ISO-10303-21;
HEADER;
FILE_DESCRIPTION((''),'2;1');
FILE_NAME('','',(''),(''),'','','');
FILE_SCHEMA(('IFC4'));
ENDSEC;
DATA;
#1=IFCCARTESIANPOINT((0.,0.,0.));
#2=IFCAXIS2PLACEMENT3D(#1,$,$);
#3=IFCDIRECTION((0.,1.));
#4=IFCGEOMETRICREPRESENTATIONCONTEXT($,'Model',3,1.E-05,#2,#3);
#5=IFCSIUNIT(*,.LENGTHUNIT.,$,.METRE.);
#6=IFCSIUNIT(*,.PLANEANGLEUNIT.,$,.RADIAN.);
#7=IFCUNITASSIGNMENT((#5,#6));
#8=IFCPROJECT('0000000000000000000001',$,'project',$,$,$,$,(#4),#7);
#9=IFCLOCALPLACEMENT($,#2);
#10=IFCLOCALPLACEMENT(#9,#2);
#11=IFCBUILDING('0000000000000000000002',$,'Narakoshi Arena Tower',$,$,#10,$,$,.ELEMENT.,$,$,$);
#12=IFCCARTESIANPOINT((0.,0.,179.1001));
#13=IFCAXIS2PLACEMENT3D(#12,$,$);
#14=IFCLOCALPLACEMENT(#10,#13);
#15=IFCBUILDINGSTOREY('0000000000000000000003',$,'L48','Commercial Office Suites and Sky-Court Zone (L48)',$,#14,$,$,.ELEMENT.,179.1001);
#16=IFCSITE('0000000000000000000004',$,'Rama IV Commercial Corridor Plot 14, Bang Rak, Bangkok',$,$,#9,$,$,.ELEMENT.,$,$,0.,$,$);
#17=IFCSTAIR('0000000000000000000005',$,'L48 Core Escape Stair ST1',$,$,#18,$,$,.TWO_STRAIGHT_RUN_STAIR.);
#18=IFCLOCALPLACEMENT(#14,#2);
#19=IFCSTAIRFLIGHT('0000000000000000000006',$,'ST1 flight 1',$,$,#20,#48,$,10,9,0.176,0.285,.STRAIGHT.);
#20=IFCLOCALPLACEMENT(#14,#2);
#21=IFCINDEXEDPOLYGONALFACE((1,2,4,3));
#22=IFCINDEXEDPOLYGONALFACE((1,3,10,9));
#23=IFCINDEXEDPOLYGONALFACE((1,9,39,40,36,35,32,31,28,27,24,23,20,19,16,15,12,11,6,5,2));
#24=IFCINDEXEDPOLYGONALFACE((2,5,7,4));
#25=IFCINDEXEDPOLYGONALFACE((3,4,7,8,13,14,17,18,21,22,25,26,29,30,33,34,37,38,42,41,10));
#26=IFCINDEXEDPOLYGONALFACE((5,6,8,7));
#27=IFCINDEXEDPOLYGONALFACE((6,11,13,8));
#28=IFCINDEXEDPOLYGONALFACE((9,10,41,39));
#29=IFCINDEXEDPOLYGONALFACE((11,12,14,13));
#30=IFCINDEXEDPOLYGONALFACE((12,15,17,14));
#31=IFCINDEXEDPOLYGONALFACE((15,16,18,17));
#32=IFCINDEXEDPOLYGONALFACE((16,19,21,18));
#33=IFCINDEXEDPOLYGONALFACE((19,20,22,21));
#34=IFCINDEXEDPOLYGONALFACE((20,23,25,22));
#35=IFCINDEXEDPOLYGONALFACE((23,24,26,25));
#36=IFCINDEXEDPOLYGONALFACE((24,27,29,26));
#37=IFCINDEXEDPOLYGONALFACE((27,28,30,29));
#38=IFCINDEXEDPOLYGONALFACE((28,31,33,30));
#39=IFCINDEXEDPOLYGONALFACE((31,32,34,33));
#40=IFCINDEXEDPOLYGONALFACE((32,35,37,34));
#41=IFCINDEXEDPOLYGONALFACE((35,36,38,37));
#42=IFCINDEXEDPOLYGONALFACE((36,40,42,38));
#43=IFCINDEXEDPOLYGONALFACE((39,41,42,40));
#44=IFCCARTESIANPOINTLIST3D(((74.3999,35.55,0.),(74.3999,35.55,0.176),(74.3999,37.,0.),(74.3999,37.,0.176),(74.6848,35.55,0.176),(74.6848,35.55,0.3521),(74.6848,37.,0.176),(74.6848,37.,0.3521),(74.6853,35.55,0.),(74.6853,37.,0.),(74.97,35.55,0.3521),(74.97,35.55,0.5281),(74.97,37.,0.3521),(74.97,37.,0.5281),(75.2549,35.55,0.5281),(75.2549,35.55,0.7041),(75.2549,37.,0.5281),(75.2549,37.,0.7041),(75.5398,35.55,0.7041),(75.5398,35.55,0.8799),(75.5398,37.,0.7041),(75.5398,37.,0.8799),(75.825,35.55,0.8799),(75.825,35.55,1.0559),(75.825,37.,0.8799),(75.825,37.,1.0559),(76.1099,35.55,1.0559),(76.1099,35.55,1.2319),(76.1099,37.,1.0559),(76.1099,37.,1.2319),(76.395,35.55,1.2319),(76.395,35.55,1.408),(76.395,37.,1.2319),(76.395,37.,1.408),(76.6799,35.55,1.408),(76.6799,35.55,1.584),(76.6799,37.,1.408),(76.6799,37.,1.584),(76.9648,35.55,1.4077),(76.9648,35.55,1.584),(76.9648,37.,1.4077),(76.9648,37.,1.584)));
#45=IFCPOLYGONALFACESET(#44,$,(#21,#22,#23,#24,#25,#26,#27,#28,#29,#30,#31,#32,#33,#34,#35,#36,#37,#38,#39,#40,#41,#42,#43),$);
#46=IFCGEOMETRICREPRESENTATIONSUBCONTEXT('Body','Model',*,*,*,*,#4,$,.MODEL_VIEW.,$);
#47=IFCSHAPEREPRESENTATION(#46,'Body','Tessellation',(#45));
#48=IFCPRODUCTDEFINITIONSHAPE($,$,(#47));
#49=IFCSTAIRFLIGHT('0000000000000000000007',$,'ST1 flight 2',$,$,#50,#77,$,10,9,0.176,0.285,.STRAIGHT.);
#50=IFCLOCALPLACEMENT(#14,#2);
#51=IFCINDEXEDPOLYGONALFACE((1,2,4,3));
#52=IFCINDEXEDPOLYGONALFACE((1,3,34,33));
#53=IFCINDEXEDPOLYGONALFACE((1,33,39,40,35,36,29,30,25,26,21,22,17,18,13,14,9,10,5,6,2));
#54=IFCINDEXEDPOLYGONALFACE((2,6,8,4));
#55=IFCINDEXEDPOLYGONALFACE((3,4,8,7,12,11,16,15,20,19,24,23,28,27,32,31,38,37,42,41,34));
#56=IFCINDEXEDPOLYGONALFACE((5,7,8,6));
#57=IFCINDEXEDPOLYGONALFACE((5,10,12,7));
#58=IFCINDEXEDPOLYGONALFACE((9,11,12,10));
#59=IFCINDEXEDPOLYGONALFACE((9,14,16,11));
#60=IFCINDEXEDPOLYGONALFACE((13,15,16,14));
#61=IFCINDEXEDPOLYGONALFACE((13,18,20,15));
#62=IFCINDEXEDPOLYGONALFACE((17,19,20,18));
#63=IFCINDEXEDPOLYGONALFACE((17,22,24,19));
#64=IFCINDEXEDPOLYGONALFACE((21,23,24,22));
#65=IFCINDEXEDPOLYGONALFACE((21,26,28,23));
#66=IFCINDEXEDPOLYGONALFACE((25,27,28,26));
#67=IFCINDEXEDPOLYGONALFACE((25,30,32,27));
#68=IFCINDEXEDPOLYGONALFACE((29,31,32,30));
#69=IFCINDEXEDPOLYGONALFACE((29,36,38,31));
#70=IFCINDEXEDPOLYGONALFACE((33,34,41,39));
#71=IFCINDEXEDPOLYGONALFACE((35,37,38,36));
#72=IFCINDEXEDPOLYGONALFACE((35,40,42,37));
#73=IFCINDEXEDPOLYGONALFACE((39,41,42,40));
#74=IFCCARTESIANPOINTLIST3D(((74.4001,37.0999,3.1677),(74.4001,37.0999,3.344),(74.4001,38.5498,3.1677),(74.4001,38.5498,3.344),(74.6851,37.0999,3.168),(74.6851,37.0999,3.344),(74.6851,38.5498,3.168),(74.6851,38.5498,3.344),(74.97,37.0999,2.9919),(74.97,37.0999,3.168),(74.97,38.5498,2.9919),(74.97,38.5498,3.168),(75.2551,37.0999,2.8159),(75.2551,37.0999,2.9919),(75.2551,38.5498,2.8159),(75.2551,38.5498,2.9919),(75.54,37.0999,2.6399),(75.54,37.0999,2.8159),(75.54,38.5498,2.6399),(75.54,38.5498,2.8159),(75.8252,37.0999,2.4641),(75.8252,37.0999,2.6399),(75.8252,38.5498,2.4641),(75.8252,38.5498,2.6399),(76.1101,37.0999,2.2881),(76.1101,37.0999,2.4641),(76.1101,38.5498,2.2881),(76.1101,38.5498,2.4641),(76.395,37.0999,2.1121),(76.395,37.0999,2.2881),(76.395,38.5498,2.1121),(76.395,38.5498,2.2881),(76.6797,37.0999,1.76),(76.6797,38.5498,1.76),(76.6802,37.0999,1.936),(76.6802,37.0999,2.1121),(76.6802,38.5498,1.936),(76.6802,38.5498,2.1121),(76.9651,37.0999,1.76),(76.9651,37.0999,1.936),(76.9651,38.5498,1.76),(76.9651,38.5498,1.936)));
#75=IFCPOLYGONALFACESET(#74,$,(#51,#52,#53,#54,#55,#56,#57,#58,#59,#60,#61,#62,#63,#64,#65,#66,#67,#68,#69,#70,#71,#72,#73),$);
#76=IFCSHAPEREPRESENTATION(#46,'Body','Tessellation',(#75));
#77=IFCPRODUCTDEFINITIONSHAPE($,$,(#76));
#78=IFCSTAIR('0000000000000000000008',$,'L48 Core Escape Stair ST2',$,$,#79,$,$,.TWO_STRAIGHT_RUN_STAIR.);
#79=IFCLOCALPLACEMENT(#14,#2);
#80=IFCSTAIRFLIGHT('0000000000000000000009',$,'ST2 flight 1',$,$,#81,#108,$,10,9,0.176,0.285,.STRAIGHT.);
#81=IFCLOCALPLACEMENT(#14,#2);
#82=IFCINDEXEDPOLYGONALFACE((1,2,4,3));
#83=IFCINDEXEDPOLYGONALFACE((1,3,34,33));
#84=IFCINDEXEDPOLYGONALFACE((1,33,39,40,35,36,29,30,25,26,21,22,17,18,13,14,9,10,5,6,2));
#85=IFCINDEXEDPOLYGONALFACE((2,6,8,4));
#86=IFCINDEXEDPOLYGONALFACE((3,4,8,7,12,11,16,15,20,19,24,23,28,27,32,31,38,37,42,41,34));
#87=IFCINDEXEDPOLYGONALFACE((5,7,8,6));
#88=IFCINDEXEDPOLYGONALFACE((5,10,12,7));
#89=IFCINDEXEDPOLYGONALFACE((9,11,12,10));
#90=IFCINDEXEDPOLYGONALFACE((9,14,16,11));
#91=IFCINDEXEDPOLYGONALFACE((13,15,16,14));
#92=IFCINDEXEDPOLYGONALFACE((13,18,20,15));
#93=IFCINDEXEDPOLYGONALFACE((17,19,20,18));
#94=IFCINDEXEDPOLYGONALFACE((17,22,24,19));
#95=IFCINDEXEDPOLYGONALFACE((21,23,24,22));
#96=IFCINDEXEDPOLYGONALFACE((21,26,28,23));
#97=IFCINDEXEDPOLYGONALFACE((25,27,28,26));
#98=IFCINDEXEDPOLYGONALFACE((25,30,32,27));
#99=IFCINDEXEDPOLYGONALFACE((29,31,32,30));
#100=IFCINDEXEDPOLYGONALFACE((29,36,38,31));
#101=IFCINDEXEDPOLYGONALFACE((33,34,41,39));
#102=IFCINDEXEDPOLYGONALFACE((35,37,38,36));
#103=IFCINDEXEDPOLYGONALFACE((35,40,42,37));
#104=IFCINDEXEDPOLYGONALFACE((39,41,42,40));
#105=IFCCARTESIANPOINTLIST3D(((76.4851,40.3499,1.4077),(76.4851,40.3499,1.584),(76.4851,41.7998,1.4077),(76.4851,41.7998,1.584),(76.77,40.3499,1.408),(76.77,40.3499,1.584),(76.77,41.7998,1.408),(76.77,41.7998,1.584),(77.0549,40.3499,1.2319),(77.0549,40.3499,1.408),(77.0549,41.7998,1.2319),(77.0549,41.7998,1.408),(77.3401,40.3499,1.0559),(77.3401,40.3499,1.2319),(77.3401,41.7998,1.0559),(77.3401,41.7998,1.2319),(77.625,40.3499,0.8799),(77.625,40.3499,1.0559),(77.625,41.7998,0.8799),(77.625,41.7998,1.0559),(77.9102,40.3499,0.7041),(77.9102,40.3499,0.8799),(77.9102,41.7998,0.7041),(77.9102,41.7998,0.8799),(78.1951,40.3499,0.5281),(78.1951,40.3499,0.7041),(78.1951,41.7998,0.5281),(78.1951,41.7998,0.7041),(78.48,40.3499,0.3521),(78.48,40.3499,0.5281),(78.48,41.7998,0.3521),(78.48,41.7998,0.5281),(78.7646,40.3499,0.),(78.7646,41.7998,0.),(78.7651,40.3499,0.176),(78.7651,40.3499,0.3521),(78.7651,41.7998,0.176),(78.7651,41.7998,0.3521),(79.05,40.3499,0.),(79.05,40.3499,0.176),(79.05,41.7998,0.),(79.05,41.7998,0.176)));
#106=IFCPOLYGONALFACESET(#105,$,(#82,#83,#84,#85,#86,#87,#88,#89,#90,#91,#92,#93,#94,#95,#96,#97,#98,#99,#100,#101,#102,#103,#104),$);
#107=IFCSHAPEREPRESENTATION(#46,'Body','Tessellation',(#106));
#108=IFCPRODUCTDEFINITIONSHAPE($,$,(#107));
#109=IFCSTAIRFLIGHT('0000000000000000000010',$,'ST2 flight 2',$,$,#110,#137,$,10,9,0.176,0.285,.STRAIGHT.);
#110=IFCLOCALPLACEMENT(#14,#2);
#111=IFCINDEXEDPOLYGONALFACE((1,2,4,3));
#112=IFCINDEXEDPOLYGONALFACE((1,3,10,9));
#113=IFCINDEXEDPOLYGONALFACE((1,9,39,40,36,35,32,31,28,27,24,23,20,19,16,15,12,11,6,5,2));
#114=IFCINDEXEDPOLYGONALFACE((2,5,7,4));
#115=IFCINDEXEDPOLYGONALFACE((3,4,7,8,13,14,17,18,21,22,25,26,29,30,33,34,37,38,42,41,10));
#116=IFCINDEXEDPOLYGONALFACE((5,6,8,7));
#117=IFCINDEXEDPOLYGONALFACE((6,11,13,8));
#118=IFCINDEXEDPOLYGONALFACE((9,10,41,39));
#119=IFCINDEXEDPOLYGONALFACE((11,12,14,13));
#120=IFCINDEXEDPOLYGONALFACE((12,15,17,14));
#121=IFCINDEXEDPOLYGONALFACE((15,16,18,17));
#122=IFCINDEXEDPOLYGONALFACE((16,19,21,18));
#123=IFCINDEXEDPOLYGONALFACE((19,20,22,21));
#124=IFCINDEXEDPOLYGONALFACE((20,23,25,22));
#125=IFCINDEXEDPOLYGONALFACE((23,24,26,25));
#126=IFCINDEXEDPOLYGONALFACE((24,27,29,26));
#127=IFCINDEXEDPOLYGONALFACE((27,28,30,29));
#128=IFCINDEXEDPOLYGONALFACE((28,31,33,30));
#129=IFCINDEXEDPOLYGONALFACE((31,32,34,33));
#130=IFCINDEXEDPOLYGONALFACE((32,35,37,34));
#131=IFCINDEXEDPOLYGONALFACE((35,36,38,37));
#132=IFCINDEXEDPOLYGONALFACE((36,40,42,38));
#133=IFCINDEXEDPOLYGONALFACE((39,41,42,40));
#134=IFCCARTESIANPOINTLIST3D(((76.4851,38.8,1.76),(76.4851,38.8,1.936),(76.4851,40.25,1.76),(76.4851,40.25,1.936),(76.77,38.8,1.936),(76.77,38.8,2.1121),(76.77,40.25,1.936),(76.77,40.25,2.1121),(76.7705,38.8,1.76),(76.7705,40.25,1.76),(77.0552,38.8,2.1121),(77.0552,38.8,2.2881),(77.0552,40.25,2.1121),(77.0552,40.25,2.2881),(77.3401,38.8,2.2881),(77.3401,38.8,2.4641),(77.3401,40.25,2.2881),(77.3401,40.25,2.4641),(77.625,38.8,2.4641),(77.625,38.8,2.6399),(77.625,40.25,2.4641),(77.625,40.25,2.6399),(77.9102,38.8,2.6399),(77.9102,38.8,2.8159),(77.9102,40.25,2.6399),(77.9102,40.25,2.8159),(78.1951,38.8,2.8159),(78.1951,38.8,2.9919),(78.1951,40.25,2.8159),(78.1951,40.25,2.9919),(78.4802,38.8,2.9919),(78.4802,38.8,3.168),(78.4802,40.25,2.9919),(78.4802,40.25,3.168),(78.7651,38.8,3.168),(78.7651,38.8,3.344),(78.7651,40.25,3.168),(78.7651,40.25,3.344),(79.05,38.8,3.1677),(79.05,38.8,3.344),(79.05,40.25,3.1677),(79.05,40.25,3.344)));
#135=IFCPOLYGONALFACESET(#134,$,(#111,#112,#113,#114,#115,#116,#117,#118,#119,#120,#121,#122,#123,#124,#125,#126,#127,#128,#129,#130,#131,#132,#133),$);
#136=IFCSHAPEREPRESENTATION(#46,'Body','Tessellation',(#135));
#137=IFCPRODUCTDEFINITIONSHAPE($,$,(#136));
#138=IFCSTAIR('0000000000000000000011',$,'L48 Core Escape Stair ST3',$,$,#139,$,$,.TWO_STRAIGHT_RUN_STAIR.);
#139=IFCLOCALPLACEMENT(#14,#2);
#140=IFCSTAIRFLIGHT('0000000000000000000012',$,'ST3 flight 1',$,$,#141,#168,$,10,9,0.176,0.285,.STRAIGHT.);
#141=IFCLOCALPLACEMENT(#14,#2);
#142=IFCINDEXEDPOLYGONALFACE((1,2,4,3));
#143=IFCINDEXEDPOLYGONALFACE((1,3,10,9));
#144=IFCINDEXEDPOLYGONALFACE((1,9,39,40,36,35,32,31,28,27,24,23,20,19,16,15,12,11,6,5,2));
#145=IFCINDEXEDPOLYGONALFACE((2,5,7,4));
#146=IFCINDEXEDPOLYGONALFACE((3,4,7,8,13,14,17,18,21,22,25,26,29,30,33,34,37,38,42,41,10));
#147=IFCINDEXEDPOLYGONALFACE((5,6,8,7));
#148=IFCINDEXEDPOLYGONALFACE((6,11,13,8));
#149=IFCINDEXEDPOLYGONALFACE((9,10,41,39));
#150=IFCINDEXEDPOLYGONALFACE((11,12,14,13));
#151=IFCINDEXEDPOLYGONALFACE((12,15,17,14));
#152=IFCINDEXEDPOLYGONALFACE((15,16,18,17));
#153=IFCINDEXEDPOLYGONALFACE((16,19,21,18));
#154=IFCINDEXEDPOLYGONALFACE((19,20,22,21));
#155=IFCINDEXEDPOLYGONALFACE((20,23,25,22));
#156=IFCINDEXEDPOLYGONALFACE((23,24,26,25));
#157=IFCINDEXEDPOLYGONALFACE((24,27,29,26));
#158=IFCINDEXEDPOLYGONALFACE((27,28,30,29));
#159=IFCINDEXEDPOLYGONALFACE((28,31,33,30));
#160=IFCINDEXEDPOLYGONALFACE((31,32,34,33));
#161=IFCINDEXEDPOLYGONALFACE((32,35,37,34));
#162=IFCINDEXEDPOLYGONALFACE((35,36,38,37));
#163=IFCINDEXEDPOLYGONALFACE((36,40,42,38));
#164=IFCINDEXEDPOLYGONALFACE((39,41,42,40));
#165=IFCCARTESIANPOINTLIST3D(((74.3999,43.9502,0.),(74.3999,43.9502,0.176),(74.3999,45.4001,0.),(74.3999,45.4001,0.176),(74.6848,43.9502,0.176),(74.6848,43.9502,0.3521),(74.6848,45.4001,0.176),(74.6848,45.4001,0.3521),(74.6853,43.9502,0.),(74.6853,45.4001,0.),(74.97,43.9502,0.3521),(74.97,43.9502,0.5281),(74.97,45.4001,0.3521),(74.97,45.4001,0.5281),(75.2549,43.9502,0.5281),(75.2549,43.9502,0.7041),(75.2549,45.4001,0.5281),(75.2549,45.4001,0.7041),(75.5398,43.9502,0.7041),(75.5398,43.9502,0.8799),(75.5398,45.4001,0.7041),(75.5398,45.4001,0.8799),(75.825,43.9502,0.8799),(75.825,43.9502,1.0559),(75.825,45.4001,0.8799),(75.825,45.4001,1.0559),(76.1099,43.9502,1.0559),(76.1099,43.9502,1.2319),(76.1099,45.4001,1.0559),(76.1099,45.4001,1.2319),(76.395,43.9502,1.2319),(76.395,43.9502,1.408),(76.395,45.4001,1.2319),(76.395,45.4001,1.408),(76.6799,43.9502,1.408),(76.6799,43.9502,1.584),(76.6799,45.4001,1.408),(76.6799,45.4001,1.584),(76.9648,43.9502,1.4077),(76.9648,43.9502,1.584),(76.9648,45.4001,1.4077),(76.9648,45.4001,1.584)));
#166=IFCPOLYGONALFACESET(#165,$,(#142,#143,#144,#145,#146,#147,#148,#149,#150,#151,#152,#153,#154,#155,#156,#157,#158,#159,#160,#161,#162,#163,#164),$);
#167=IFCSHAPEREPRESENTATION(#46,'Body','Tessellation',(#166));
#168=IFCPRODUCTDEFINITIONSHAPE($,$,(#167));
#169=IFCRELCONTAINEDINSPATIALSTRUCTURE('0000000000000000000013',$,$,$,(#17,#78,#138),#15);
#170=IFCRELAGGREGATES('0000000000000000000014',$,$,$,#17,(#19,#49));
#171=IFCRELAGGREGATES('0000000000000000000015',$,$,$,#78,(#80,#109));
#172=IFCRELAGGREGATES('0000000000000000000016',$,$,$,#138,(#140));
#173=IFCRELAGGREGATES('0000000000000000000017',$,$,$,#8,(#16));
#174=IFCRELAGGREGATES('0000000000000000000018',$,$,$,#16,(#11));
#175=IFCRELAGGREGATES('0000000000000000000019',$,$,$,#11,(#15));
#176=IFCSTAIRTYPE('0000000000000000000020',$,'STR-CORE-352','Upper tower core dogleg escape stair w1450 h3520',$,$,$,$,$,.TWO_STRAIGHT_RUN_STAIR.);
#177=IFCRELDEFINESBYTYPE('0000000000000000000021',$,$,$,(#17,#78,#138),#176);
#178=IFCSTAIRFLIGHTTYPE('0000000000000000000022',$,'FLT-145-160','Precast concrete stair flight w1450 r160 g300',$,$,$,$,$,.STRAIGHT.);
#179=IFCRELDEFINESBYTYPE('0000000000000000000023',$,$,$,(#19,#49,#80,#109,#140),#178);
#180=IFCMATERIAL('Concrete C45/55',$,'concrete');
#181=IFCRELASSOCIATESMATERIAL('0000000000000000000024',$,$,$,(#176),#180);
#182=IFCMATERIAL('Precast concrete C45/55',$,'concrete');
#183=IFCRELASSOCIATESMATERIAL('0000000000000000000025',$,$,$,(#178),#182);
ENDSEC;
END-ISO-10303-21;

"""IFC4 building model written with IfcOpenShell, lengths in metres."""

from ifc_helpers import new_model, si_unit, direction, frame, origin, place, context, subcontext, project, spatial, polyline, outline, extrude, material, type_object, element, aggregate, save


model = new_model("IFC4")

# Units and contexts
model_context = context("Model", 3, precision=1e-05, world=origin(), true_north=direction((0.0, 1.0)))
body_context = subcontext(model_context, "Body", "Model", "MODEL_VIEW")
ifc_project = project(units=[si_unit("LENGTHUNIT", "METRE"), si_unit("PLANEANGLEUNIT", "RADIAN")], contexts=[model_context])

# Site, building, storey
site_placement = place(None, origin())
site = spatial("IfcSite", under=ifc_project, at=site_placement, Name="Rama IV Commercial Corridor Plot 14, Bang Rak, Bangkok", CompositionType="ELEMENT", RefElevation=0.0)
building_placement = place(site_placement, origin())
building = spatial("IfcBuilding", under=site, at=building_placement, Name="Narakoshi Arena Tower", CompositionType="ELEMENT")
storey_placement = place(building_placement, frame((0.0, 0.0, 179.1001)))
storey = spatial("IfcBuildingStorey", under=building, at=storey_placement, Name="L48", Description="Commercial Office Suites and Sky-Court Zone (L48)", CompositionType="ELEMENT", Elevation=179.1001)

# Shared definitions
ifc_material_1 = material(Name="Precast concrete C45/55", Category="concrete")

# Stairs, stair flights
ifc_material_2 = material(Name="Concrete C45/55", Category="concrete")
stair_type = type_object("IfcStairType", Name="STR-CORE-352", Description="Upper tower core dogleg escape stair w1450 h3520", PredefinedType="TWO_STRAIGHT_RUN_STAIR", material=ifc_material_2)
stair_1_placement = place(storey_placement, origin())
stair_1 = element("IfcStair", 1, at=stair_1_placement, inside=storey, type_object=stair_type, Name="L48 Core Escape Stair ST1", PredefinedType="TWO_STRAIGHT_RUN_STAIR")
stair_flight_type = type_object("IfcStairFlightType", Name="FLT-145-160", Description="Precast concrete stair flight w1450 r160 g300", PredefinedType="STRAIGHT", material=ifc_material_1)
stair_flight_1_placement = place(storey_placement, frame((74.3999, 36.2749, 0.0), z_axis=(0.0, 0.0, 1.0), x_axis=(1.0, 0.0, 0.0)))
stair_flight_1 = element("IfcStairFlight", 2, at=stair_flight_1_placement, type_object=stair_flight_type, Name="ST1 flight 1", NumberOfRisers=10, NumberOfTreads=9, PredefinedType="STRAIGHT", RiserHeight=0.176, TreadLength=0.285, context=body_context, shape_type="SweptSolid", body=[
    extrude(outline(polyline([(0.0, 0.0), (0.0, 0.176), (0.2849, 0.176), (0.2849, 0.3521), (0.5701, 0.3521), (0.5701, 0.5281), (0.855, 0.5281), (0.855, 0.7041), (1.1399, 0.7041), (1.1399, 0.8799), (1.425, 0.8799), (1.425, 1.0559), (1.71, 1.0559), (1.71, 1.2319), (1.9951, 1.2319), (1.9951, 1.408), (2.28, 1.408), (2.28, 1.584), (2.5649, 1.584), (2.5649, 1.76), (2.5649, 1.4077), (0.2854, 0.0), (0.0, 0.0)])), frame((0.0, 0.7251, 0.0), z_axis=(0.0, -1.0, 0.0), x_axis=(1.0, 0.0, 0.0)), (0.0, 0.0, 1.0), 1.45),
])
stair_flight_2_placement = place(storey_placement, frame((76.9651, 37.825, 1.76), z_axis=(0.0, 0.0, 1.0), x_axis=(-1.0, 0.0, 0.0)))
stair_flight_2 = element("IfcStairFlight", 3, at=stair_flight_2_placement, type_object=stair_flight_type, Name="ST1 flight 2", NumberOfRisers=10, NumberOfTreads=9, PredefinedType="STRAIGHT", RiserHeight=0.176, TreadLength=0.285, context=body_context, shape_type="SweptSolid", body=[
    extrude(outline(polyline([(0.0, 0.0), (0.0, 0.176), (0.2849, 0.176), (0.2849, 0.3521), (0.5701, 0.3521), (0.5701, 0.5281), (0.855, 0.5281), (0.855, 0.7041), (1.1399, 0.7041), (1.1399, 0.8799), (1.425, 0.8799), (1.425, 1.0559), (1.71, 1.0559), (1.71, 1.2319), (1.9951, 1.2319), (1.9951, 1.408), (2.28, 1.408), (2.28, 1.584), (2.5649, 1.584), (2.5649, 1.76), (2.5649, 1.4077), (0.2854, 0.0), (0.0, 0.0)])), frame((0.0, 0.7251, 0.0), z_axis=(0.0, -1.0, 0.0), x_axis=(1.0, 0.0, 0.0)), (0.0, 0.0, 1.0), 1.45),
])
aggregate(stair_1, [stair_flight_1, stair_flight_2])
stair_2_placement = place(storey_placement, origin())
stair_2 = element("IfcStair", 4, at=stair_2_placement, inside=storey, type_object=stair_type, Name="L48 Core Escape Stair ST2", PredefinedType="TWO_STRAIGHT_RUN_STAIR")
stair_flight_3_placement = place(storey_placement, frame((79.05, 41.075, 0.0), z_axis=(0.0, 0.0, 1.0), x_axis=(-1.0, 0.0, 0.0)))
stair_flight_3 = element("IfcStairFlight", 5, at=stair_flight_3_placement, type_object=stair_flight_type, Name="ST2 flight 1", NumberOfRisers=10, NumberOfTreads=9, PredefinedType="STRAIGHT", RiserHeight=0.176, TreadLength=0.285, context=body_context, shape_type="SweptSolid", body=[
    extrude(outline(polyline([(0.0, 0.0), (0.0, 0.176), (0.2849, 0.176), (0.2849, 0.3521), (0.5701, 0.3521), (0.5701, 0.5281), (0.855, 0.5281), (0.855, 0.7041), (1.1399, 0.7041), (1.1399, 0.8799), (1.425, 0.8799), (1.425, 1.0559), (1.71, 1.0559), (1.71, 1.2319), (1.9951, 1.2319), (1.9951, 1.408), (2.28, 1.408), (2.28, 1.584), (2.5649, 1.584), (2.5649, 1.76), (2.5649, 1.4077), (0.2854, 0.0), (0.0, 0.0)])), frame((0.0, 0.7251, 0.0), z_axis=(0.0, -1.0, 0.0), x_axis=(1.0, 0.0, 0.0)), (0.0, 0.0, 1.0), 1.45),
])
stair_flight_4_placement = place(storey_placement, frame((76.4851, 39.5249, 1.76), z_axis=(0.0, 0.0, 1.0), x_axis=(1.0, 0.0, 0.0)))
stair_flight_4 = element("IfcStairFlight", 6, at=stair_flight_4_placement, type_object=stair_flight_type, Name="ST2 flight 2", NumberOfRisers=10, NumberOfTreads=9, PredefinedType="STRAIGHT", RiserHeight=0.176, TreadLength=0.285, context=body_context, shape_type="SweptSolid", body=[
    extrude(outline(polyline([(0.0, 0.0), (0.0, 0.176), (0.2849, 0.176), (0.2849, 0.3521), (0.5701, 0.3521), (0.5701, 0.5281), (0.855, 0.5281), (0.855, 0.7041), (1.1399, 0.7041), (1.1399, 0.8799), (1.425, 0.8799), (1.425, 1.0559), (1.71, 1.0559), (1.71, 1.2319), (1.9951, 1.2319), (1.9951, 1.408), (2.28, 1.408), (2.28, 1.584), (2.5649, 1.584), (2.5649, 1.76), (2.5649, 1.4077), (0.2854, 0.0), (0.0, 0.0)])), frame((0.0, 0.7251, 0.0), z_axis=(0.0, -1.0, 0.0), x_axis=(1.0, 0.0, 0.0)), (0.0, 0.0, 1.0), 1.45),
])
aggregate(stair_2, [stair_flight_3, stair_flight_4])

# Stair, stair flight
stair_3_placement = place(storey_placement, origin())
stair_3 = element("IfcStair", 7, at=stair_3_placement, inside=storey, type_object=stair_type, Name="L48 Core Escape Stair ST3", PredefinedType="TWO_STRAIGHT_RUN_STAIR")
stair_flight_5_placement = place(storey_placement, frame((74.3999, 44.675, 0.0), z_axis=(0.0, 0.0, 1.0), x_axis=(1.0, 0.0, 0.0)))
stair_flight_5 = element("IfcStairFlight", 8, at=stair_flight_5_placement, type_object=stair_flight_type, Name="ST3 flight 1", NumberOfRisers=10, NumberOfTreads=9, PredefinedType="STRAIGHT", RiserHeight=0.176, TreadLength=0.285, context=body_context, shape_type="SweptSolid", body=[
    extrude(outline(polyline([(0.0, 0.0), (0.0, 0.176), (0.2849, 0.176), (0.2849, 0.3521), (0.5701, 0.3521), (0.5701, 0.5281), (0.855, 0.5281), (0.855, 0.7041), (1.1399, 0.7041), (1.1399, 0.8799), (1.425, 0.8799), (1.425, 1.0559), (1.71, 1.0559), (1.71, 1.2319), (1.9951, 1.2319), (1.9951, 1.408), (2.28, 1.408), (2.28, 1.584), (2.5649, 1.584), (2.5649, 1.76), (2.5649, 1.4077), (0.2854, 0.0), (0.0, 0.0)])), frame((0.0, 0.7251, 0.0), z_axis=(0.0, -1.0, 0.0), x_axis=(1.0, 0.0, 0.0)), (0.0, 0.0, 1.0), 1.45),
])
aggregate(stair_3, [stair_flight_5])

save(model, "model.ifc")
